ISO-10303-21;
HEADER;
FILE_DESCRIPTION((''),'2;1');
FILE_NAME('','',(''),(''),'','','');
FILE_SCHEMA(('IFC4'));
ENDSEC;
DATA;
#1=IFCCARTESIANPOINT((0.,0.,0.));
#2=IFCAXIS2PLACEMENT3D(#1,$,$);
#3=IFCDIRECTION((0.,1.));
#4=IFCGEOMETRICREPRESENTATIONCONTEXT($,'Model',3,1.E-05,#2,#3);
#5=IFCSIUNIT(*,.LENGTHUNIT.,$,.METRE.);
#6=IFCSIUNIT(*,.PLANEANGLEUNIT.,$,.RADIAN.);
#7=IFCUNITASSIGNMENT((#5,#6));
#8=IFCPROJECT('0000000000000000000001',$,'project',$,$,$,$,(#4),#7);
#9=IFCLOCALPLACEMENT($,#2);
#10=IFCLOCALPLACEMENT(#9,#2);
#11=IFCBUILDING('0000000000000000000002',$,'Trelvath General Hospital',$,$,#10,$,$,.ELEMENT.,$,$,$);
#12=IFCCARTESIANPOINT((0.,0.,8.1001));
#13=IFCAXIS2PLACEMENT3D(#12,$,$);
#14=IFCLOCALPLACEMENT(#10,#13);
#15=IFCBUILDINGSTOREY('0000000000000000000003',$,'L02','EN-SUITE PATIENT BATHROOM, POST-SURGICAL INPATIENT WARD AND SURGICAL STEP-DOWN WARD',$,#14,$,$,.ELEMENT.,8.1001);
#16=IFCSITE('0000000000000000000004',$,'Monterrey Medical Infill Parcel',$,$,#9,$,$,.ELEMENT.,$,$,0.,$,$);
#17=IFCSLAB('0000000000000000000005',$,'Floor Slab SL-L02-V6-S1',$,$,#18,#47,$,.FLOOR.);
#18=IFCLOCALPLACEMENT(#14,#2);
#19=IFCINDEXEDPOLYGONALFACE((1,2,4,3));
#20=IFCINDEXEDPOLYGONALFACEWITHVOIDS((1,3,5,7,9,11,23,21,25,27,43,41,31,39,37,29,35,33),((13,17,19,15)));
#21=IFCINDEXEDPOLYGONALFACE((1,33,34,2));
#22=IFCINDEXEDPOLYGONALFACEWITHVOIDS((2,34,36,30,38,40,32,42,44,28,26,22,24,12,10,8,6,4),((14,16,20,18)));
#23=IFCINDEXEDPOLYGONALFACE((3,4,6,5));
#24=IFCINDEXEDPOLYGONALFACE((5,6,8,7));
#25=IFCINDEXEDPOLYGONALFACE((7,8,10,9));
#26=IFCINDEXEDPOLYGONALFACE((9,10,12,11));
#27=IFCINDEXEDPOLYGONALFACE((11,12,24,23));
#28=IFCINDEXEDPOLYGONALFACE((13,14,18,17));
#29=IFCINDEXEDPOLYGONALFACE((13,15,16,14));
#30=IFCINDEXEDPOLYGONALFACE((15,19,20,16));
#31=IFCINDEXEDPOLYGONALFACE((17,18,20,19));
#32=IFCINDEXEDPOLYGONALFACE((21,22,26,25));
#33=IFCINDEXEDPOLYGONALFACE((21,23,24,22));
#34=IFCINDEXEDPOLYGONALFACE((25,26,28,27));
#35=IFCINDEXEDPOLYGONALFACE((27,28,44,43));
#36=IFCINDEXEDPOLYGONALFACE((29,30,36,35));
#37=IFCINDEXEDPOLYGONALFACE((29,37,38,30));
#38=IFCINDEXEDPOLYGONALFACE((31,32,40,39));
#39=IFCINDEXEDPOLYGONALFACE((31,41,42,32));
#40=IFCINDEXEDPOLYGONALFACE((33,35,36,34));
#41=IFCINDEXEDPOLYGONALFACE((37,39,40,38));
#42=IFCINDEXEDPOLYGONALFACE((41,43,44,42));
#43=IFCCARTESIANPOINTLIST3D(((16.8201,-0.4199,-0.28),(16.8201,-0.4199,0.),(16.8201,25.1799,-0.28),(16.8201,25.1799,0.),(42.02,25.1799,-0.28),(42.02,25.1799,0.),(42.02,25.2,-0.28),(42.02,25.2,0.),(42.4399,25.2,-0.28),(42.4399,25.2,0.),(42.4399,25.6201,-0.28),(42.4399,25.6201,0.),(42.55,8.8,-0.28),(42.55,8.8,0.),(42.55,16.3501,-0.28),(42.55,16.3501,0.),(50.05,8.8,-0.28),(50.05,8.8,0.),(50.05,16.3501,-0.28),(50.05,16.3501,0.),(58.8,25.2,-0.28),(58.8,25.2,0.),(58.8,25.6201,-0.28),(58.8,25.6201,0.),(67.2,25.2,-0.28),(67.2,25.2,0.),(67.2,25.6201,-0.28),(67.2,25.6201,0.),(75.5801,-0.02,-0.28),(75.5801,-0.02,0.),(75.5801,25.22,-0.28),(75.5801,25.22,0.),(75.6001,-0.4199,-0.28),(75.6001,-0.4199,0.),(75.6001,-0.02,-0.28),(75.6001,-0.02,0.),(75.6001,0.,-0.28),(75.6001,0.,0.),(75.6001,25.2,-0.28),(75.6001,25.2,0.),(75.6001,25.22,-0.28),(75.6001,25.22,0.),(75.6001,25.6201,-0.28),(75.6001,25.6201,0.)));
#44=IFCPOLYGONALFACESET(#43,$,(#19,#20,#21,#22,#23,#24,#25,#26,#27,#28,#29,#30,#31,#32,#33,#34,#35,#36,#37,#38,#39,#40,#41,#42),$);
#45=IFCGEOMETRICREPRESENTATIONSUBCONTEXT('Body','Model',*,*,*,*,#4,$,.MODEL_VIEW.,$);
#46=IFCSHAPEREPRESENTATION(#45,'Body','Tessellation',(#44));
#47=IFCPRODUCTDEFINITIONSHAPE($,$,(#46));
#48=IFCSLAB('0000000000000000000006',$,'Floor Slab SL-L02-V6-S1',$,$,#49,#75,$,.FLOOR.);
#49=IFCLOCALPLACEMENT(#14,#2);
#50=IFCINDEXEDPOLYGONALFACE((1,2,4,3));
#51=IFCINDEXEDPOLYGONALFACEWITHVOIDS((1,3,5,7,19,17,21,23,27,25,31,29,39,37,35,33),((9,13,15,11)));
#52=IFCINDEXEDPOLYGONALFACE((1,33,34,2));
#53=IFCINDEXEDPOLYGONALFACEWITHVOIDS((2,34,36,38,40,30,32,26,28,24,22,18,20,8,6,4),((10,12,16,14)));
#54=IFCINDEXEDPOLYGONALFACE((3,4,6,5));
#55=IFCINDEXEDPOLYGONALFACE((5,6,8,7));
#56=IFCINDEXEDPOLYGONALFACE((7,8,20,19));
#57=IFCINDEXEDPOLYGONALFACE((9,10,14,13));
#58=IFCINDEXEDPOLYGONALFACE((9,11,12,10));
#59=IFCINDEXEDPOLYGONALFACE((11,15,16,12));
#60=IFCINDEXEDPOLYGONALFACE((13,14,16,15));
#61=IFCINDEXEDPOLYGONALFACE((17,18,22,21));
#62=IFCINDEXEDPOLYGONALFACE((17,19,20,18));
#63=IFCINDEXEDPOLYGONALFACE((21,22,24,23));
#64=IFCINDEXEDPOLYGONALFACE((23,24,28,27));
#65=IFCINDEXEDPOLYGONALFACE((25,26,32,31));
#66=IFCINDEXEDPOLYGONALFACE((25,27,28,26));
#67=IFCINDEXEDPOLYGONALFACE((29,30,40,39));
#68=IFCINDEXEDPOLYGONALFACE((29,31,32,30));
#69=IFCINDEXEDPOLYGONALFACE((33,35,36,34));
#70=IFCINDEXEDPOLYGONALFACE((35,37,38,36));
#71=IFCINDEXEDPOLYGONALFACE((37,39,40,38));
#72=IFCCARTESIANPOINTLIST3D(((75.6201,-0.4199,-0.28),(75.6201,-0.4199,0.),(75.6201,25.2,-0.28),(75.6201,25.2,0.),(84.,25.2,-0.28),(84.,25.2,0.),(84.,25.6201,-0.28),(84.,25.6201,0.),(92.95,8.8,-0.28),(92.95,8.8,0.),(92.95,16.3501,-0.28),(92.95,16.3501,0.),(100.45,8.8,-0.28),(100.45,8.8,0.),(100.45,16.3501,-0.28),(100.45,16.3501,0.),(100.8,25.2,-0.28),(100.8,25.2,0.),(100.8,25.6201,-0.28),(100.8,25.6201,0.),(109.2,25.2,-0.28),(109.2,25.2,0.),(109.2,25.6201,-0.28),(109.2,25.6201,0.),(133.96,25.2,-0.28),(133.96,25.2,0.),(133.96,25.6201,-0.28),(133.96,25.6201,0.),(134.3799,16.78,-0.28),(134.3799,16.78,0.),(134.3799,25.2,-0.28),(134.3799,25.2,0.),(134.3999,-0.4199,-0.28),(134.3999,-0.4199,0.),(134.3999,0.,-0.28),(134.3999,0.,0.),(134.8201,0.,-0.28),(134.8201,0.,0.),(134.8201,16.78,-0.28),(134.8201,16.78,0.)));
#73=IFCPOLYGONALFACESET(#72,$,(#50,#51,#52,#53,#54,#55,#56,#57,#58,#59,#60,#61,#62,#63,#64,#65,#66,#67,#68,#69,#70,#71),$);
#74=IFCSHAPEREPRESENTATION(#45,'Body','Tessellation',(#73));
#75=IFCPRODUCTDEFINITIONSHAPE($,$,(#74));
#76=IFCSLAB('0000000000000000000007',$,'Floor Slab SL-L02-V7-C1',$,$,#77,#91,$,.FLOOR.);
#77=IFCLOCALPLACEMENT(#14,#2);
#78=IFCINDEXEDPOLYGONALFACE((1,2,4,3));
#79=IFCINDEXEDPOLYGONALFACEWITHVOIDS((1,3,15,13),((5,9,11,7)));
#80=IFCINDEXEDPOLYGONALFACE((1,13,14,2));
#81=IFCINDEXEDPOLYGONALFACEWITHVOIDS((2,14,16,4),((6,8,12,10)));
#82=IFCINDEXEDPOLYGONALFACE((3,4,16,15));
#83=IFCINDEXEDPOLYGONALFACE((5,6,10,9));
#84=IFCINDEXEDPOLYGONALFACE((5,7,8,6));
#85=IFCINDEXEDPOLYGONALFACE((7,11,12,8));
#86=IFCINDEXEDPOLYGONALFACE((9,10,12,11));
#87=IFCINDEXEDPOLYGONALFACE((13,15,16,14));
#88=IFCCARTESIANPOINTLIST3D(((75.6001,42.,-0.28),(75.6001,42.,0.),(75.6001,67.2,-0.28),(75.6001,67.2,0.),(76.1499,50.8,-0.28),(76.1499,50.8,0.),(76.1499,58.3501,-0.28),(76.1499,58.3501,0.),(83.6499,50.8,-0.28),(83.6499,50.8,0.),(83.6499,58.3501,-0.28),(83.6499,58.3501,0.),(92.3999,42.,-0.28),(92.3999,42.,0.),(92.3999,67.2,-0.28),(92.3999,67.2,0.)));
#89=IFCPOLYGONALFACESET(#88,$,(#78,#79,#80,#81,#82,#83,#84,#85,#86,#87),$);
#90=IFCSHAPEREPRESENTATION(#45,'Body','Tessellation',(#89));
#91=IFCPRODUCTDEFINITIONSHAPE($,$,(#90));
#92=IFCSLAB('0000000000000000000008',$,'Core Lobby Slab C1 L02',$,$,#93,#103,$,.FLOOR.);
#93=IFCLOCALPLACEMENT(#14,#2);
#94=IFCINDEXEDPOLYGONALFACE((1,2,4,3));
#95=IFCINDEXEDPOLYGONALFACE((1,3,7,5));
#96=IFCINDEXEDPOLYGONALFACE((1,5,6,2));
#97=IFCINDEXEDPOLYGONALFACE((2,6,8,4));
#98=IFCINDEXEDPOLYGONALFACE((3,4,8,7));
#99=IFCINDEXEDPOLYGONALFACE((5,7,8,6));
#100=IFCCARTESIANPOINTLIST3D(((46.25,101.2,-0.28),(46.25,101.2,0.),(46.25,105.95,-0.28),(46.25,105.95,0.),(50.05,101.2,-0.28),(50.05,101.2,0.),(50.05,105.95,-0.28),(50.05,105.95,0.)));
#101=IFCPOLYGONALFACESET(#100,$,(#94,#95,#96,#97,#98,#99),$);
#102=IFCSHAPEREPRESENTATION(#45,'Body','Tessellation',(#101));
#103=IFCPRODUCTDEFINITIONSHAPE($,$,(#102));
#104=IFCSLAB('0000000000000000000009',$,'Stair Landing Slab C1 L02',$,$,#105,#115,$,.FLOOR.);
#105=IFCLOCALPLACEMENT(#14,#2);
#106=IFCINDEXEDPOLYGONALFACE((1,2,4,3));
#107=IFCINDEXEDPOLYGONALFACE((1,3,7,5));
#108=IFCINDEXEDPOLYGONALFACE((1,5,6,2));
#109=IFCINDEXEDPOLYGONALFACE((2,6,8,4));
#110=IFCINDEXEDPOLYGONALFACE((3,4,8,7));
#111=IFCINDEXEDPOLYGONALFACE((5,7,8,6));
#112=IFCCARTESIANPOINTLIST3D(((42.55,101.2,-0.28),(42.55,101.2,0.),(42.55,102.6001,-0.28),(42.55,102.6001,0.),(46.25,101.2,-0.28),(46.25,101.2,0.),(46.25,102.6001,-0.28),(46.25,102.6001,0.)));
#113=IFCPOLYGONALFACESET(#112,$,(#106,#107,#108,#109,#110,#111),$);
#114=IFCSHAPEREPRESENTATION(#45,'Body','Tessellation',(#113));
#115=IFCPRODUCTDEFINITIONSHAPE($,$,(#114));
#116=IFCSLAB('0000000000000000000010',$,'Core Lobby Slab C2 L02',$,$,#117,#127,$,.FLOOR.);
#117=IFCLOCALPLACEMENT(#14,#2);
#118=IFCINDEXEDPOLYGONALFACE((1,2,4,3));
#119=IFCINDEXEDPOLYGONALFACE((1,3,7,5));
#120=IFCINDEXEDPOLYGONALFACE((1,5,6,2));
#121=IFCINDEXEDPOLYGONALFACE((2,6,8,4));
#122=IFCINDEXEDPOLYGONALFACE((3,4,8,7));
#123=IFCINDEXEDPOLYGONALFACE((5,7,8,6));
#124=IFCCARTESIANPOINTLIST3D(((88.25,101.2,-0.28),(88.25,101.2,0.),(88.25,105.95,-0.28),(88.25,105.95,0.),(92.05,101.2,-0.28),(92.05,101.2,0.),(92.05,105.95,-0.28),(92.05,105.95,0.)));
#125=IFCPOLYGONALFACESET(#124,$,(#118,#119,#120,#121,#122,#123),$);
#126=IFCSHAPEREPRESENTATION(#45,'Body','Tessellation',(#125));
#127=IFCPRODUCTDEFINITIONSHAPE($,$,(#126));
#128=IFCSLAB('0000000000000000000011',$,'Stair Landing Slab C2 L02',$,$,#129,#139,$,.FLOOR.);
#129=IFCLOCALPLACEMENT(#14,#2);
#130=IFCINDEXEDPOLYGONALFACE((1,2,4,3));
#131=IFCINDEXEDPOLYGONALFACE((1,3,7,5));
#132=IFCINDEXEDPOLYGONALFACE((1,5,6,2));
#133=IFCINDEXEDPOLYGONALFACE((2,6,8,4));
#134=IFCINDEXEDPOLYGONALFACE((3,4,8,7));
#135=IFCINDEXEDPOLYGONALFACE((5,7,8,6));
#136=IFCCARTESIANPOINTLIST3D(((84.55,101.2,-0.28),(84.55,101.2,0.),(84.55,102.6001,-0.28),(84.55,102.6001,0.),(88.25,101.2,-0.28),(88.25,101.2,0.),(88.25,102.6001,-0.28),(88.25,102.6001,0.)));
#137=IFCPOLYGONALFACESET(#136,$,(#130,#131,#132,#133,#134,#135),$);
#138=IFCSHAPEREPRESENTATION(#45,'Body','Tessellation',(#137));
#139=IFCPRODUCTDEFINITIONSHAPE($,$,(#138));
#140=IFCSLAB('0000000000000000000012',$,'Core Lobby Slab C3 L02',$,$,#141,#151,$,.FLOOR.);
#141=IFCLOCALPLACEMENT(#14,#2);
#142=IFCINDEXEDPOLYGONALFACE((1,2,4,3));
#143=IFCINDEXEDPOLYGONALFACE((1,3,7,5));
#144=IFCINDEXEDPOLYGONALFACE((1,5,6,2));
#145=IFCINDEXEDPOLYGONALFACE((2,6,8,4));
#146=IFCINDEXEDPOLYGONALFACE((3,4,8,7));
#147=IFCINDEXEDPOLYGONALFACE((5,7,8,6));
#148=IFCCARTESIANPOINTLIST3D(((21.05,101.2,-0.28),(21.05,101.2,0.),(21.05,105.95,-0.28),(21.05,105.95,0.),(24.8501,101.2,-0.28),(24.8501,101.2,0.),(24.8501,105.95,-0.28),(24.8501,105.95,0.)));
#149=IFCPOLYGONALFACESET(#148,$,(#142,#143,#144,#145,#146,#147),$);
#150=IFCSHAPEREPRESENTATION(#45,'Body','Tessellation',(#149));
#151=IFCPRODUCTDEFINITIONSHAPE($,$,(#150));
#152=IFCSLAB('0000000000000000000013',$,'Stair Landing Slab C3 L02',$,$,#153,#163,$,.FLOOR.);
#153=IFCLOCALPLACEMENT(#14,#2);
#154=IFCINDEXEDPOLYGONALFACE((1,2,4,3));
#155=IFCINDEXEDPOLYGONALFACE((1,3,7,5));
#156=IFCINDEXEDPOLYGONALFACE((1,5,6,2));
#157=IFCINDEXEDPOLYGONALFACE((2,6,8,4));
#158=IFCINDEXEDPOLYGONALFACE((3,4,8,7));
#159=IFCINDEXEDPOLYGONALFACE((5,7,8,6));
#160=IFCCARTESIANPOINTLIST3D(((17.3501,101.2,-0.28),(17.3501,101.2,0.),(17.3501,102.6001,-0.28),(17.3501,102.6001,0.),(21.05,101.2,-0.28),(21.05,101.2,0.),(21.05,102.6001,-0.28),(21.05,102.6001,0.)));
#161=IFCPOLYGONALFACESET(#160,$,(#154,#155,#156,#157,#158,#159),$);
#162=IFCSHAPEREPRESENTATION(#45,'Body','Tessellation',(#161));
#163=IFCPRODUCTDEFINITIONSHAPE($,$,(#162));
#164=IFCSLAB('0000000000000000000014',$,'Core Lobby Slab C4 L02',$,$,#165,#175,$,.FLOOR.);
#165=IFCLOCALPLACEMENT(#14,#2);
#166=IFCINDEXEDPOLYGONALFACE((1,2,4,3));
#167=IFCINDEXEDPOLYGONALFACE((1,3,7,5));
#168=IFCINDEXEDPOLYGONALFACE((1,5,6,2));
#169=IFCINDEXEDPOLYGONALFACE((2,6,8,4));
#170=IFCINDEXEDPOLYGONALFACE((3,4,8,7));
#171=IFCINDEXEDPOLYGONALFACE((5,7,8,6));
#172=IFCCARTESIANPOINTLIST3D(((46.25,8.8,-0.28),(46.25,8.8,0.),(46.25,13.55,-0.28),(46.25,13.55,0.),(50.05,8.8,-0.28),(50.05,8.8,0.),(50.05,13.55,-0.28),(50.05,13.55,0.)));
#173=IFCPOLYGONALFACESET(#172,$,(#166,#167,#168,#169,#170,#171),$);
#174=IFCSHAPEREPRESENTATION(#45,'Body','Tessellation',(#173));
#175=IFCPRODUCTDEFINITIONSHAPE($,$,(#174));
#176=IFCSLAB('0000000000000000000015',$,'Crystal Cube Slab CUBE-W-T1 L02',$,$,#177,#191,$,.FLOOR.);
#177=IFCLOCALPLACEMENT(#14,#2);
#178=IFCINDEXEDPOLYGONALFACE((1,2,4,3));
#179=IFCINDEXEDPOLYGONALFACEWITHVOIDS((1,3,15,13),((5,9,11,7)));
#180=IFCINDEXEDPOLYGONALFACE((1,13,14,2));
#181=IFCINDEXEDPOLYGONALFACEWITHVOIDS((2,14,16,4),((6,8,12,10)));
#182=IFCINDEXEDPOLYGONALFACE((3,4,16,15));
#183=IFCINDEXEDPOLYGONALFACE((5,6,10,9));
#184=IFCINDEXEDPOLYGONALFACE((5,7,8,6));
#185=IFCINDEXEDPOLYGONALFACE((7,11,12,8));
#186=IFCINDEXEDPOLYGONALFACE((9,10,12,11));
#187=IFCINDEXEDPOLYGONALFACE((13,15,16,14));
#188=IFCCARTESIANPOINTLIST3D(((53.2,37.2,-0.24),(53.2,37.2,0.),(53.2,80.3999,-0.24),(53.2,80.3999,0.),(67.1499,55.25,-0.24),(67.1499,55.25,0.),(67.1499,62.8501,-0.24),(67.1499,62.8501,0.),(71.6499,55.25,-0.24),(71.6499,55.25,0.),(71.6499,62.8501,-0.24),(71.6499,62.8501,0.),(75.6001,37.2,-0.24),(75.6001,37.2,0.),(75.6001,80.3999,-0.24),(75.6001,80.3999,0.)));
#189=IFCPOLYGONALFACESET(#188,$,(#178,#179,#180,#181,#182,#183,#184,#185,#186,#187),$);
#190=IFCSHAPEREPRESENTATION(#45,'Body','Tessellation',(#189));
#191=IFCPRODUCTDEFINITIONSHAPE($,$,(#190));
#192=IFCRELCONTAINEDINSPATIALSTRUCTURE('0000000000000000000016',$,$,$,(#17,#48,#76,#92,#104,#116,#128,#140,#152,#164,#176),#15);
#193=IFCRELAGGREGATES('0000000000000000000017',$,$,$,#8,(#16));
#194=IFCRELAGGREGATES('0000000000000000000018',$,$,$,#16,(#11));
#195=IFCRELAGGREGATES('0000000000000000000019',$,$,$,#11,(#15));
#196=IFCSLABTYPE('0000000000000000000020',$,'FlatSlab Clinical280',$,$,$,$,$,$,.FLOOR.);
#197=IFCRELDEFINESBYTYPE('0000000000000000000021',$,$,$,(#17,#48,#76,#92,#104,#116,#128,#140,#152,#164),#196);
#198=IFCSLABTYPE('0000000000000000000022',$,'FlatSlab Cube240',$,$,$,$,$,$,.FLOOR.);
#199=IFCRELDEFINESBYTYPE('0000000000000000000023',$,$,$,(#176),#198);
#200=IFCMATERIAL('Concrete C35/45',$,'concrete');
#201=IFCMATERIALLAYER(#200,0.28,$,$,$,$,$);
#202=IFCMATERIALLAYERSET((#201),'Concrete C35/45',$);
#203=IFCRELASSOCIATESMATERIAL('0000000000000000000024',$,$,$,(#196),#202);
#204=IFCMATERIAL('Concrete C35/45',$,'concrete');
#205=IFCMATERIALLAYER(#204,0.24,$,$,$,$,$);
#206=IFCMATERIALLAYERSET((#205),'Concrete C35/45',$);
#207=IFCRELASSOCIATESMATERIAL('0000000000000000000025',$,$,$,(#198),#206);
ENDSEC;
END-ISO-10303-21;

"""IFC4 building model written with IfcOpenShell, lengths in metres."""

from ifc_helpers import new_model, si_unit, direction, frame, origin, place, context, subcontext, project, spatial, polyline, outline, extrude, material, layer, layer_set, type_object, element, save


model = new_model("IFC4")

# Units and contexts
model_context = context("Model", 3, precision=1e-05, world=origin(), true_north=direction((0.0, 1.0)))
body_context = subcontext(model_context, "Body", "Model", "MODEL_VIEW")
ifc_project = project(units=[si_unit("LENGTHUNIT", "METRE"), si_unit("PLANEANGLEUNIT", "RADIAN")], contexts=[model_context])

# Site, building, storey
site_placement = place(None, origin())
site = spatial("IfcSite", under=ifc_project, at=site_placement, Name="Monterrey Medical Infill Parcel", CompositionType="ELEMENT", RefElevation=0.0)
building_placement = place(site_placement, origin())
building = spatial("IfcBuilding", under=site, at=building_placement, Name="Trelvath General Hospital", CompositionType="ELEMENT")
storey_placement = place(building_placement, frame((0.0, 0.0, 8.1001)))
storey = spatial("IfcBuildingStorey", under=building, at=storey_placement, Name="L02", Description="EN-SUITE PATIENT BATHROOM, POST-SURGICAL INPATIENT WARD AND SURGICAL STEP-DOWN WARD", CompositionType="ELEMENT", Elevation=8.1001)

# Slabs
ifc_material_1 = material(Name="Concrete C35/45", Category="concrete")
ifc_layer_1 = layer(ifc_material_1, 0.28)
ifc_layer_set_1 = layer_set([ifc_layer_1], Name="Concrete C35/45")
slab_type_1 = type_object("IfcSlabType", Name="FlatSlab Clinical280", PredefinedType="FLOOR", material=ifc_layer_set_1)
slab_1_placement = place(storey_placement, frame((0.0, 0.0, -0.28)))
element("IfcSlab", 1, at=slab_1_placement, inside=storey, type_object=slab_type_1, Name="Floor Slab SL-L02-V6-S1", PredefinedType="FLOOR", context=body_context, shape_type="SweptSolid", body=[
    extrude(outline(polyline([(75.6001, -0.02), (75.6001, -0.4199), (16.8201, -0.4199), (16.8201, 25.1799), (42.02, 25.1799), (42.02, 25.2), (42.4399, 25.2), (42.4399, 25.6201), (58.8, 25.6201), (58.8, 25.2), (67.2, 25.2), (67.2, 25.6201), (75.6001, 25.6201), (75.6001, 25.22), (75.5801, 25.22), (75.6001, 25.2), (75.6001, 0.0), (75.5801, -0.02), (75.6001, -0.02)]), holes=[polyline([(42.55, 8.8), (50.05, 8.8), (50.05, 16.3501), (42.55, 16.3501), (42.55, 8.8)])]), origin(), (0.0, 0.0, 1.0), 0.28),
])
slab_2_placement = place(storey_placement, frame((0.0, 0.0, -0.28)))
element("IfcSlab", 2, at=slab_2_placement, inside=storey, type_object=slab_type_1, Name="Floor Slab SL-L02-V6-S1", PredefinedType="FLOOR", context=body_context, shape_type="SweptSolid", body=[
    extrude(outline(polyline([(84.0, 25.2), (84.0, 25.6201), (100.8, 25.6201), (100.8, 25.2), (109.2, 25.2), (109.2, 25.6201), (133.96, 25.6201), (133.96, 25.2), (134.3799, 25.2), (134.3799, 16.78), (134.8201, 16.78), (134.8201, 0.0), (134.3999, 0.0), (134.3999, -0.4199), (75.6201, -0.4199), (75.6201, 25.2), (84.0, 25.2)]), holes=[polyline([(92.95, 8.8), (100.45, 8.8), (100.45, 16.3501), (92.95, 16.3501), (92.95, 8.8)])]), origin(), (0.0, 0.0, 1.0), 0.28),
])
slab_3_placement = place(storey_placement, frame((0.0, 0.0, -0.28)))
element("IfcSlab", 3, at=slab_3_placement, inside=storey, type_object=slab_type_1, Name="Floor Slab SL-L02-V7-C1", PredefinedType="FLOOR", context=body_context, shape_type="SweptSolid", body=[
    extrude(outline(polyline([(75.6001, 42.0), (75.6001, 67.2), (92.3999, 67.2), (92.3999, 42.0), (75.6001, 42.0)]), holes=[polyline([(76.1499, 50.8), (83.6499, 50.8), (83.6499, 58.3501), (76.1499, 58.3501), (76.1499, 50.8)])]), origin(), (0.0, 0.0, 1.0), 0.28),
])
slab_4_placement = place(storey_placement, frame((0.0, 0.0, -0.28)))
element("IfcSlab", 4, at=slab_4_placement, inside=storey, type_object=slab_type_1, Name="Core Lobby Slab C1 L02", PredefinedType="FLOOR", context=body_context, shape_type="SweptSolid", body=[
    extrude(outline(polyline([(46.25, 101.2), (50.05, 101.2), (50.05, 105.95), (46.25, 105.95), (46.25, 101.2)])), origin(), (0.0, 0.0, 1.0), 0.28),
])
slab_5_placement = place(storey_placement, frame((0.0, 0.0, -0.28)))
element("IfcSlab", 5, at=slab_5_placement, inside=storey, type_object=slab_type_1, Name="Stair Landing Slab C1 L02", PredefinedType="FLOOR", context=body_context, shape_type="SweptSolid", body=[
    extrude(outline(polyline([(42.55, 101.2), (46.25, 101.2), (46.25, 102.6001), (42.55, 102.6001), (42.55, 101.2)])), origin(), (0.0, 0.0, 1.0), 0.28),
])
slab_6_placement = place(storey_placement, frame((0.0, 0.0, -0.28)))
element("IfcSlab", 6, at=slab_6_placement, inside=storey, type_object=slab_type_1, Name="Core Lobby Slab C2 L02", PredefinedType="FLOOR", context=body_context, shape_type="SweptSolid", body=[
    extrude(outline(polyline([(88.25, 101.2), (92.05, 101.2), (92.05, 105.95), (88.25, 105.95), (88.25, 101.2)])), origin(), (0.0, 0.0, 1.0), 0.28),
])
slab_7_placement = place(storey_placement, frame((0.0, 0.0, -0.28)))
element("IfcSlab", 7, at=slab_7_placement, inside=storey, type_object=slab_type_1, Name="Stair Landing Slab C2 L02", PredefinedType="FLOOR", context=body_context, shape_type="SweptSolid", body=[
    extrude(outline(polyline([(84.55, 101.2), (88.25, 101.2), (88.25, 102.6001), (84.55, 102.6001), (84.55, 101.2)])), origin(), (0.0, 0.0, 1.0), 0.28),
])
slab_8_placement = place(storey_placement, frame((0.0, 0.0, -0.28)))
element("IfcSlab", 8, at=slab_8_placement, inside=storey, type_object=slab_type_1, Name="Core Lobby Slab C3 L02", PredefinedType="FLOOR", context=body_context, shape_type="SweptSolid", body=[
    extrude(outline(polyline([(21.05, 101.2), (24.8501, 101.2), (24.8501, 105.95), (21.05, 105.95), (21.05, 101.2)])), origin(), (0.0, 0.0, 1.0), 0.28),
])
slab_9_placement = place(storey_placement, frame((0.0, 0.0, -0.28)))
element("IfcSlab", 9, at=slab_9_placement, inside=storey, type_object=slab_type_1, Name="Stair Landing Slab C3 L02", PredefinedType="FLOOR", context=body_context, shape_type="SweptSolid", body=[
    extrude(outline(polyline([(17.3501, 101.2), (21.05, 101.2), (21.05, 102.6001), (17.3501, 102.6001), (17.3501, 101.2)])), origin(), (0.0, 0.0, 1.0), 0.28),
])
slab_10_placement = place(storey_placement, frame((0.0, 0.0, -0.28)))
element("IfcSlab", 10, at=slab_10_placement, inside=storey, type_object=slab_type_1, Name="Core Lobby Slab C4 L02", PredefinedType="FLOOR", context=body_context, shape_type="SweptSolid", body=[
    extrude(outline(polyline([(46.25, 8.8), (50.05, 8.8), (50.05, 13.55), (46.25, 13.55), (46.25, 8.8)])), origin(), (0.0, 0.0, 1.0), 0.28),
])
ifc_material_2 = material(Name="Concrete C35/45", Category="concrete")
ifc_layer_2 = layer(ifc_material_2, 0.24)
ifc_layer_set_2 = layer_set([ifc_layer_2], Name="Concrete C35/45")
slab_type_2 = type_object("IfcSlabType", Name="FlatSlab Cube240", PredefinedType="FLOOR", material=ifc_layer_set_2)
slab_11_placement = place(storey_placement, frame((0.0, 0.0, -0.24)))
element("IfcSlab", 11, at=slab_11_placement, inside=storey, type_object=slab_type_2, Name="Crystal Cube Slab CUBE-W-T1 L02", PredefinedType="FLOOR", context=body_context, shape_type="SweptSolid", body=[
    extrude(outline(polyline([(53.2, 37.2), (75.6001, 37.2), (75.6001, 80.3999), (53.2, 80.3999), (53.2, 37.2)]), holes=[polyline([(67.1499, 55.25), (71.6499, 55.25), (71.6499, 62.8501), (67.1499, 62.8501), (67.1499, 55.25)])]), origin(), (0.0, 0.0, 1.0), 0.24),
])

save(model, "model.ifc")
